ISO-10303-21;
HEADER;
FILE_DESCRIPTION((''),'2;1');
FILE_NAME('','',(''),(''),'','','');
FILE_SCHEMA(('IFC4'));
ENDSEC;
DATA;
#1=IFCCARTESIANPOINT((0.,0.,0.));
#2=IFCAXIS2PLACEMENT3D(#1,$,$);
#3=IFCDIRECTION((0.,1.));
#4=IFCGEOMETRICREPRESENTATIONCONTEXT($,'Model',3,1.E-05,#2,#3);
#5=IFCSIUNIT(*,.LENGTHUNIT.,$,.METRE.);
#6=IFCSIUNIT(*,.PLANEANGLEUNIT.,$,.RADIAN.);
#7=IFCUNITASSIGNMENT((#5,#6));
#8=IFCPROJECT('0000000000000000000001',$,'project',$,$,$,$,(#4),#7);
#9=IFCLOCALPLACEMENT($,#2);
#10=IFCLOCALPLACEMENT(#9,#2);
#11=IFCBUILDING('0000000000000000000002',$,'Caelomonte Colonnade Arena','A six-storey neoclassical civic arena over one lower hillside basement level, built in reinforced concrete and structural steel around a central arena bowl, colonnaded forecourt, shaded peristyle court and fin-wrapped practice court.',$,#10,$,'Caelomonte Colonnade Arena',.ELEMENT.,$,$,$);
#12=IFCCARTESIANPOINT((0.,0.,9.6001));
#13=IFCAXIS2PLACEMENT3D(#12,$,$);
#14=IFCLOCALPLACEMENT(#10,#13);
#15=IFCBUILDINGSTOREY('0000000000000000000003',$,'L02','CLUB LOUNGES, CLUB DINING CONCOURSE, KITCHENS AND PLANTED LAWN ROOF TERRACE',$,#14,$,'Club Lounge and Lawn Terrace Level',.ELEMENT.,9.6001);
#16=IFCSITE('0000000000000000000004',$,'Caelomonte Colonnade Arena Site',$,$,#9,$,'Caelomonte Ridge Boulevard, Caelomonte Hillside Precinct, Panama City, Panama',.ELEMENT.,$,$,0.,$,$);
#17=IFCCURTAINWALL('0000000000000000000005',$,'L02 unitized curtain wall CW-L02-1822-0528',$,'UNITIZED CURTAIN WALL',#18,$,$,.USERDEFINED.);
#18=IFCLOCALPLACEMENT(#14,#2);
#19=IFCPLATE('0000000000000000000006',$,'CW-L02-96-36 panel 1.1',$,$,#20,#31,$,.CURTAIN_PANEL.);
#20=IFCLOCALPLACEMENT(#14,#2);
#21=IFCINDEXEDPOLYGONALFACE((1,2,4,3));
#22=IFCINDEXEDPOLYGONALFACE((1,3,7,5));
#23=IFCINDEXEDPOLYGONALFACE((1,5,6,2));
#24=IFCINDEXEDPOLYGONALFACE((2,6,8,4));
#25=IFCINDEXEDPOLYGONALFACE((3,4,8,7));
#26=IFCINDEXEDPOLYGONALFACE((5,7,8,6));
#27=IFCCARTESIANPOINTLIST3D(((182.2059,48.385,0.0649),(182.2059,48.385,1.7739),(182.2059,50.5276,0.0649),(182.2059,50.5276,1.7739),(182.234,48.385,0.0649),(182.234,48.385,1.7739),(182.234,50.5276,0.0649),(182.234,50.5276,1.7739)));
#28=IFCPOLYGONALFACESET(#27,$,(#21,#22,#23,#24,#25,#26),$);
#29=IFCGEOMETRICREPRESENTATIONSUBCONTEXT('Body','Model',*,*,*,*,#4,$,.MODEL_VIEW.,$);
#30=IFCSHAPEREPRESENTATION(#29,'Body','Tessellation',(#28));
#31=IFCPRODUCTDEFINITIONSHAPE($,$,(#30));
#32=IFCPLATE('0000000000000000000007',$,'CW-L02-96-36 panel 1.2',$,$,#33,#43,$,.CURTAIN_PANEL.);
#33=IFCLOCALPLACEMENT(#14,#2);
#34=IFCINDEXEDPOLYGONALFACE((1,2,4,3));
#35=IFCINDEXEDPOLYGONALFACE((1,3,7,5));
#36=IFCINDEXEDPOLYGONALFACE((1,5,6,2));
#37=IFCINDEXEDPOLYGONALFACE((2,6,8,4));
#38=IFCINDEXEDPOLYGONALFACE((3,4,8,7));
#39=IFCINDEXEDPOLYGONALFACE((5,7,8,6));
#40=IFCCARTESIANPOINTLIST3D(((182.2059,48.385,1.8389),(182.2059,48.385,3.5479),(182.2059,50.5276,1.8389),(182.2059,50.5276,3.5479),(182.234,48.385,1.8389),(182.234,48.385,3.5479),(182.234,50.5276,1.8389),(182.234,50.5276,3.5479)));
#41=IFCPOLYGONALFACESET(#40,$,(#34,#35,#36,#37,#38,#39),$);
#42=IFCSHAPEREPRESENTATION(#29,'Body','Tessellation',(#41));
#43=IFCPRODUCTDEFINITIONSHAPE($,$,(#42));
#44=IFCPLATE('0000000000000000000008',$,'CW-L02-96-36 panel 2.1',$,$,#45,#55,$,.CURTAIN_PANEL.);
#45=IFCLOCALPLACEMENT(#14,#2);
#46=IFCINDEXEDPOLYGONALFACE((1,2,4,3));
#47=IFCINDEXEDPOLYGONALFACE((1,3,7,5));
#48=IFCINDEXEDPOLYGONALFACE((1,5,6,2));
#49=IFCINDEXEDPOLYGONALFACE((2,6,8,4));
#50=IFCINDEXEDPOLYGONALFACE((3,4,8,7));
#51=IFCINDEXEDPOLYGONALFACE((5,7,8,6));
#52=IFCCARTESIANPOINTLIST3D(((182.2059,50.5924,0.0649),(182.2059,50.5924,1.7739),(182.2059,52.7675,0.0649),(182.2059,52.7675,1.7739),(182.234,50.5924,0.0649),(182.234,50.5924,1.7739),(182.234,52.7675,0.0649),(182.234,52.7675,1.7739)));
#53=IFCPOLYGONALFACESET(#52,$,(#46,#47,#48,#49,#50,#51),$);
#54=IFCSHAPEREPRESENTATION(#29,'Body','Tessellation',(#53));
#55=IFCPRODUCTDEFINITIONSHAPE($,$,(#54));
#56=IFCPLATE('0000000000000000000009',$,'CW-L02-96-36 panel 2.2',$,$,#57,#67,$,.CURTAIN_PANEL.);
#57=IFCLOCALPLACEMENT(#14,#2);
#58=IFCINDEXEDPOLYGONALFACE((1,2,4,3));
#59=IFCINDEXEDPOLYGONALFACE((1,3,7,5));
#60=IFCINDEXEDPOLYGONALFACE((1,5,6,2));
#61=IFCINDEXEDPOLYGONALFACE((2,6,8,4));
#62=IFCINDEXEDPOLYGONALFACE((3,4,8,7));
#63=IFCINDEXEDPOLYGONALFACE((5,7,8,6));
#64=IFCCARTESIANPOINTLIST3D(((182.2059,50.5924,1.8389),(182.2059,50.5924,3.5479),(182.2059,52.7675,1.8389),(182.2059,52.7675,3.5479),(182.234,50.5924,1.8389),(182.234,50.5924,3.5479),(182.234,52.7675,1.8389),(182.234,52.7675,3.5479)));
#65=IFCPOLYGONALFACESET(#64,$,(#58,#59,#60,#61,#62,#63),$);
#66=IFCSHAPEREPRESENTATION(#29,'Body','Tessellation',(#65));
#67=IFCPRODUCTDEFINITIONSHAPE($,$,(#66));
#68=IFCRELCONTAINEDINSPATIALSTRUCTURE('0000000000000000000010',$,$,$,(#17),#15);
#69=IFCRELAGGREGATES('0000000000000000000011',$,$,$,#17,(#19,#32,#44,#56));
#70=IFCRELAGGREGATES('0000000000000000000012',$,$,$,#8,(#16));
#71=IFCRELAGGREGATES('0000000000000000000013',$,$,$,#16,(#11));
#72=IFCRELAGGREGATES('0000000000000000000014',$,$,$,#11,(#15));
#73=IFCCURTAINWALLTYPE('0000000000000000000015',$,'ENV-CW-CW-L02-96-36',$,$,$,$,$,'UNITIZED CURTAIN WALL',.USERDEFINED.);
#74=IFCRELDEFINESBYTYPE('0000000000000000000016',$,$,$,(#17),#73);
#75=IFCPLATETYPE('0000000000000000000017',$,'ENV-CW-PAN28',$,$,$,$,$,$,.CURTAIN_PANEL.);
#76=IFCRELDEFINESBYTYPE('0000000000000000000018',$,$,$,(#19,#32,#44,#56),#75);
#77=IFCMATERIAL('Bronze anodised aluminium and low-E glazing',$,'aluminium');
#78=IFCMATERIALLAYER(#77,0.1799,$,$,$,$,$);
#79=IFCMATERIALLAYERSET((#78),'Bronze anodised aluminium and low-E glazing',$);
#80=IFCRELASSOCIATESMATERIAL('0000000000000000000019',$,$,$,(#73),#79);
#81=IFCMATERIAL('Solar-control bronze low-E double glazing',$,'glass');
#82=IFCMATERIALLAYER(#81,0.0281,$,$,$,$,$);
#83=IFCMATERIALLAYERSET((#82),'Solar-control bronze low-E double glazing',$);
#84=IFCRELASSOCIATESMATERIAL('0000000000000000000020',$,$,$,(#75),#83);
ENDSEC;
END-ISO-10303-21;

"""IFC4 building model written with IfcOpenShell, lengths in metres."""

from ifc_helpers import new_model, si_unit, direction, frame, origin, origin_2d, place, context, subcontext, project, spatial, rectangle, extrude, material, layer, layer_set, type_object, element, aggregate, save


model = new_model("IFC4")

# Units and contexts
model_context = context("Model", 3, precision=1e-05, world=origin(), true_north=direction((0.0, 1.0)))
body_context = subcontext(model_context, "Body", "Model", "MODEL_VIEW")
ifc_project = project(units=[si_unit("LENGTHUNIT", "METRE"), si_unit("PLANEANGLEUNIT", "RADIAN")], contexts=[model_context])

# Site, building, storey
site_placement = place(None, origin())
site = spatial("IfcSite", under=ifc_project, at=site_placement, Name="Caelomonte Colonnade Arena Site", LongName="Caelomonte Ridge Boulevard, Caelomonte Hillside Precinct, Panama City, Panama", CompositionType="ELEMENT", RefElevation=0.0)
building_placement = place(site_placement, origin())
building = spatial("IfcBuilding", under=site, at=building_placement, Name="Caelomonte Colonnade Arena", Description="A six-storey neoclassical civic arena over one lower hillside basement level, built in reinforced concrete and structural steel around a central arena bowl, colonnaded forecourt, shaded peristyle court and fin-wrapped practice court.", LongName="Caelomonte Colonnade Arena", CompositionType="ELEMENT")
storey_placement = place(building_placement, frame((0.0, 0.0, 9.6001)))
storey = spatial("IfcBuildingStorey", under=building, at=storey_placement, Name="L02", Description="CLUB LOUNGES, CLUB DINING CONCOURSE, KITCHENS AND PLANTED LAWN ROOF TERRACE", LongName="Club Lounge and Lawn Terrace Level", CompositionType="ELEMENT", Elevation=9.6001)

# Shared definitions
ifc_material_1 = material(Name="Bronze anodised aluminium and low-E glazing", Category="aluminium")

# Curtain wall
ifc_layer_1 = layer(ifc_material_1, 0.1799)
ifc_layer_set_1 = layer_set([ifc_layer_1], Name="Bronze anodised aluminium and low-E glazing")
curtain_wall_type_1 = type_object("IfcCurtainWallType", Name="ENV-CW-CW-L02-96-36", ElementType="UNITIZED CURTAIN WALL", PredefinedType="USERDEFINED", material=ifc_layer_set_1)
curtain_wall_1_placement = place(storey_placement, origin())
curtain_wall_1 = element("IfcCurtainWall", 1, at=curtain_wall_1_placement, inside=storey, type_object=curtain_wall_type_1, Name="L02 unitized curtain wall CW-L02-1822-0528", ObjectType="UNITIZED CURTAIN WALL", PredefinedType="USERDEFINED")

# Plates
ifc_material_2 = material(Name="Solar-control bronze low-E double glazing", Category="glass")
ifc_layer_2 = layer(ifc_material_2, 0.0281)
ifc_layer_set_2 = layer_set([ifc_layer_2], Name="Solar-control bronze low-E double glazing")
plate_type = type_object("IfcPlateType", Name="ENV-CW-PAN28", PredefinedType="CURTAIN_PANEL", material=ifc_layer_set_2)
plate_1_placement = place(storey_placement, frame((182.22, 49.4563, 0.0649), z_axis=(0.0, 0.0, 1.0), x_axis=(0.0, 1.0, 0.0)))
plate_1 = element("IfcPlate", 2, at=plate_1_placement, type_object=plate_type, Name="CW-L02-96-36 panel 1.1", PredefinedType="CURTAIN_PANEL", context=body_context, shape_type="SweptSolid", body=[
    extrude(rectangle(XDim=2.1426, YDim=0.0281, at=origin_2d()), origin(), (0.0, 0.0, 1.0), 1.709),
])
plate_2_placement = place(storey_placement, frame((182.22, 49.4563, 1.8389), z_axis=(0.0, 0.0, 1.0), x_axis=(0.0, 1.0, 0.0)))
plate_2 = element("IfcPlate", 3, at=plate_2_placement, type_object=plate_type, Name="CW-L02-96-36 panel 1.2", PredefinedType="CURTAIN_PANEL", context=body_context, shape_type="SweptSolid", body=[
    extrude(rectangle(XDim=2.1426, YDim=0.0281, at=origin_2d()), origin(), (0.0, 0.0, 1.0), 1.709),
])
plate_3_placement = place(storey_placement, frame((182.22, 51.6799, 0.0649), z_axis=(0.0, 0.0, 1.0), x_axis=(0.0, 1.0, 0.0)))
plate_3 = element("IfcPlate", 4, at=plate_3_placement, type_object=plate_type, Name="CW-L02-96-36 panel 2.1", PredefinedType="CURTAIN_PANEL", context=body_context, shape_type="SweptSolid", body=[
    extrude(rectangle(XDim=2.175, YDim=0.0281, at=origin_2d()), origin(), (0.0, 0.0, 1.0), 1.709),
])
plate_4_placement = place(storey_placement, frame((182.22, 51.6799, 1.8389), z_axis=(0.0, 0.0, 1.0), x_axis=(0.0, 1.0, 0.0)))
plate_4 = element("IfcPlate", 5, at=plate_4_placement, type_object=plate_type, Name="CW-L02-96-36 panel 2.2", PredefinedType="CURTAIN_PANEL", context=body_context, shape_type="SweptSolid", body=[
    extrude(rectangle(XDim=2.175, YDim=0.0281, at=origin_2d()), origin(), (0.0, 0.0, 1.0), 1.709),
])
aggregate(curtain_wall_1, [plate_1, plate_2, plate_3, plate_4])

save(model, "model.ifc")
